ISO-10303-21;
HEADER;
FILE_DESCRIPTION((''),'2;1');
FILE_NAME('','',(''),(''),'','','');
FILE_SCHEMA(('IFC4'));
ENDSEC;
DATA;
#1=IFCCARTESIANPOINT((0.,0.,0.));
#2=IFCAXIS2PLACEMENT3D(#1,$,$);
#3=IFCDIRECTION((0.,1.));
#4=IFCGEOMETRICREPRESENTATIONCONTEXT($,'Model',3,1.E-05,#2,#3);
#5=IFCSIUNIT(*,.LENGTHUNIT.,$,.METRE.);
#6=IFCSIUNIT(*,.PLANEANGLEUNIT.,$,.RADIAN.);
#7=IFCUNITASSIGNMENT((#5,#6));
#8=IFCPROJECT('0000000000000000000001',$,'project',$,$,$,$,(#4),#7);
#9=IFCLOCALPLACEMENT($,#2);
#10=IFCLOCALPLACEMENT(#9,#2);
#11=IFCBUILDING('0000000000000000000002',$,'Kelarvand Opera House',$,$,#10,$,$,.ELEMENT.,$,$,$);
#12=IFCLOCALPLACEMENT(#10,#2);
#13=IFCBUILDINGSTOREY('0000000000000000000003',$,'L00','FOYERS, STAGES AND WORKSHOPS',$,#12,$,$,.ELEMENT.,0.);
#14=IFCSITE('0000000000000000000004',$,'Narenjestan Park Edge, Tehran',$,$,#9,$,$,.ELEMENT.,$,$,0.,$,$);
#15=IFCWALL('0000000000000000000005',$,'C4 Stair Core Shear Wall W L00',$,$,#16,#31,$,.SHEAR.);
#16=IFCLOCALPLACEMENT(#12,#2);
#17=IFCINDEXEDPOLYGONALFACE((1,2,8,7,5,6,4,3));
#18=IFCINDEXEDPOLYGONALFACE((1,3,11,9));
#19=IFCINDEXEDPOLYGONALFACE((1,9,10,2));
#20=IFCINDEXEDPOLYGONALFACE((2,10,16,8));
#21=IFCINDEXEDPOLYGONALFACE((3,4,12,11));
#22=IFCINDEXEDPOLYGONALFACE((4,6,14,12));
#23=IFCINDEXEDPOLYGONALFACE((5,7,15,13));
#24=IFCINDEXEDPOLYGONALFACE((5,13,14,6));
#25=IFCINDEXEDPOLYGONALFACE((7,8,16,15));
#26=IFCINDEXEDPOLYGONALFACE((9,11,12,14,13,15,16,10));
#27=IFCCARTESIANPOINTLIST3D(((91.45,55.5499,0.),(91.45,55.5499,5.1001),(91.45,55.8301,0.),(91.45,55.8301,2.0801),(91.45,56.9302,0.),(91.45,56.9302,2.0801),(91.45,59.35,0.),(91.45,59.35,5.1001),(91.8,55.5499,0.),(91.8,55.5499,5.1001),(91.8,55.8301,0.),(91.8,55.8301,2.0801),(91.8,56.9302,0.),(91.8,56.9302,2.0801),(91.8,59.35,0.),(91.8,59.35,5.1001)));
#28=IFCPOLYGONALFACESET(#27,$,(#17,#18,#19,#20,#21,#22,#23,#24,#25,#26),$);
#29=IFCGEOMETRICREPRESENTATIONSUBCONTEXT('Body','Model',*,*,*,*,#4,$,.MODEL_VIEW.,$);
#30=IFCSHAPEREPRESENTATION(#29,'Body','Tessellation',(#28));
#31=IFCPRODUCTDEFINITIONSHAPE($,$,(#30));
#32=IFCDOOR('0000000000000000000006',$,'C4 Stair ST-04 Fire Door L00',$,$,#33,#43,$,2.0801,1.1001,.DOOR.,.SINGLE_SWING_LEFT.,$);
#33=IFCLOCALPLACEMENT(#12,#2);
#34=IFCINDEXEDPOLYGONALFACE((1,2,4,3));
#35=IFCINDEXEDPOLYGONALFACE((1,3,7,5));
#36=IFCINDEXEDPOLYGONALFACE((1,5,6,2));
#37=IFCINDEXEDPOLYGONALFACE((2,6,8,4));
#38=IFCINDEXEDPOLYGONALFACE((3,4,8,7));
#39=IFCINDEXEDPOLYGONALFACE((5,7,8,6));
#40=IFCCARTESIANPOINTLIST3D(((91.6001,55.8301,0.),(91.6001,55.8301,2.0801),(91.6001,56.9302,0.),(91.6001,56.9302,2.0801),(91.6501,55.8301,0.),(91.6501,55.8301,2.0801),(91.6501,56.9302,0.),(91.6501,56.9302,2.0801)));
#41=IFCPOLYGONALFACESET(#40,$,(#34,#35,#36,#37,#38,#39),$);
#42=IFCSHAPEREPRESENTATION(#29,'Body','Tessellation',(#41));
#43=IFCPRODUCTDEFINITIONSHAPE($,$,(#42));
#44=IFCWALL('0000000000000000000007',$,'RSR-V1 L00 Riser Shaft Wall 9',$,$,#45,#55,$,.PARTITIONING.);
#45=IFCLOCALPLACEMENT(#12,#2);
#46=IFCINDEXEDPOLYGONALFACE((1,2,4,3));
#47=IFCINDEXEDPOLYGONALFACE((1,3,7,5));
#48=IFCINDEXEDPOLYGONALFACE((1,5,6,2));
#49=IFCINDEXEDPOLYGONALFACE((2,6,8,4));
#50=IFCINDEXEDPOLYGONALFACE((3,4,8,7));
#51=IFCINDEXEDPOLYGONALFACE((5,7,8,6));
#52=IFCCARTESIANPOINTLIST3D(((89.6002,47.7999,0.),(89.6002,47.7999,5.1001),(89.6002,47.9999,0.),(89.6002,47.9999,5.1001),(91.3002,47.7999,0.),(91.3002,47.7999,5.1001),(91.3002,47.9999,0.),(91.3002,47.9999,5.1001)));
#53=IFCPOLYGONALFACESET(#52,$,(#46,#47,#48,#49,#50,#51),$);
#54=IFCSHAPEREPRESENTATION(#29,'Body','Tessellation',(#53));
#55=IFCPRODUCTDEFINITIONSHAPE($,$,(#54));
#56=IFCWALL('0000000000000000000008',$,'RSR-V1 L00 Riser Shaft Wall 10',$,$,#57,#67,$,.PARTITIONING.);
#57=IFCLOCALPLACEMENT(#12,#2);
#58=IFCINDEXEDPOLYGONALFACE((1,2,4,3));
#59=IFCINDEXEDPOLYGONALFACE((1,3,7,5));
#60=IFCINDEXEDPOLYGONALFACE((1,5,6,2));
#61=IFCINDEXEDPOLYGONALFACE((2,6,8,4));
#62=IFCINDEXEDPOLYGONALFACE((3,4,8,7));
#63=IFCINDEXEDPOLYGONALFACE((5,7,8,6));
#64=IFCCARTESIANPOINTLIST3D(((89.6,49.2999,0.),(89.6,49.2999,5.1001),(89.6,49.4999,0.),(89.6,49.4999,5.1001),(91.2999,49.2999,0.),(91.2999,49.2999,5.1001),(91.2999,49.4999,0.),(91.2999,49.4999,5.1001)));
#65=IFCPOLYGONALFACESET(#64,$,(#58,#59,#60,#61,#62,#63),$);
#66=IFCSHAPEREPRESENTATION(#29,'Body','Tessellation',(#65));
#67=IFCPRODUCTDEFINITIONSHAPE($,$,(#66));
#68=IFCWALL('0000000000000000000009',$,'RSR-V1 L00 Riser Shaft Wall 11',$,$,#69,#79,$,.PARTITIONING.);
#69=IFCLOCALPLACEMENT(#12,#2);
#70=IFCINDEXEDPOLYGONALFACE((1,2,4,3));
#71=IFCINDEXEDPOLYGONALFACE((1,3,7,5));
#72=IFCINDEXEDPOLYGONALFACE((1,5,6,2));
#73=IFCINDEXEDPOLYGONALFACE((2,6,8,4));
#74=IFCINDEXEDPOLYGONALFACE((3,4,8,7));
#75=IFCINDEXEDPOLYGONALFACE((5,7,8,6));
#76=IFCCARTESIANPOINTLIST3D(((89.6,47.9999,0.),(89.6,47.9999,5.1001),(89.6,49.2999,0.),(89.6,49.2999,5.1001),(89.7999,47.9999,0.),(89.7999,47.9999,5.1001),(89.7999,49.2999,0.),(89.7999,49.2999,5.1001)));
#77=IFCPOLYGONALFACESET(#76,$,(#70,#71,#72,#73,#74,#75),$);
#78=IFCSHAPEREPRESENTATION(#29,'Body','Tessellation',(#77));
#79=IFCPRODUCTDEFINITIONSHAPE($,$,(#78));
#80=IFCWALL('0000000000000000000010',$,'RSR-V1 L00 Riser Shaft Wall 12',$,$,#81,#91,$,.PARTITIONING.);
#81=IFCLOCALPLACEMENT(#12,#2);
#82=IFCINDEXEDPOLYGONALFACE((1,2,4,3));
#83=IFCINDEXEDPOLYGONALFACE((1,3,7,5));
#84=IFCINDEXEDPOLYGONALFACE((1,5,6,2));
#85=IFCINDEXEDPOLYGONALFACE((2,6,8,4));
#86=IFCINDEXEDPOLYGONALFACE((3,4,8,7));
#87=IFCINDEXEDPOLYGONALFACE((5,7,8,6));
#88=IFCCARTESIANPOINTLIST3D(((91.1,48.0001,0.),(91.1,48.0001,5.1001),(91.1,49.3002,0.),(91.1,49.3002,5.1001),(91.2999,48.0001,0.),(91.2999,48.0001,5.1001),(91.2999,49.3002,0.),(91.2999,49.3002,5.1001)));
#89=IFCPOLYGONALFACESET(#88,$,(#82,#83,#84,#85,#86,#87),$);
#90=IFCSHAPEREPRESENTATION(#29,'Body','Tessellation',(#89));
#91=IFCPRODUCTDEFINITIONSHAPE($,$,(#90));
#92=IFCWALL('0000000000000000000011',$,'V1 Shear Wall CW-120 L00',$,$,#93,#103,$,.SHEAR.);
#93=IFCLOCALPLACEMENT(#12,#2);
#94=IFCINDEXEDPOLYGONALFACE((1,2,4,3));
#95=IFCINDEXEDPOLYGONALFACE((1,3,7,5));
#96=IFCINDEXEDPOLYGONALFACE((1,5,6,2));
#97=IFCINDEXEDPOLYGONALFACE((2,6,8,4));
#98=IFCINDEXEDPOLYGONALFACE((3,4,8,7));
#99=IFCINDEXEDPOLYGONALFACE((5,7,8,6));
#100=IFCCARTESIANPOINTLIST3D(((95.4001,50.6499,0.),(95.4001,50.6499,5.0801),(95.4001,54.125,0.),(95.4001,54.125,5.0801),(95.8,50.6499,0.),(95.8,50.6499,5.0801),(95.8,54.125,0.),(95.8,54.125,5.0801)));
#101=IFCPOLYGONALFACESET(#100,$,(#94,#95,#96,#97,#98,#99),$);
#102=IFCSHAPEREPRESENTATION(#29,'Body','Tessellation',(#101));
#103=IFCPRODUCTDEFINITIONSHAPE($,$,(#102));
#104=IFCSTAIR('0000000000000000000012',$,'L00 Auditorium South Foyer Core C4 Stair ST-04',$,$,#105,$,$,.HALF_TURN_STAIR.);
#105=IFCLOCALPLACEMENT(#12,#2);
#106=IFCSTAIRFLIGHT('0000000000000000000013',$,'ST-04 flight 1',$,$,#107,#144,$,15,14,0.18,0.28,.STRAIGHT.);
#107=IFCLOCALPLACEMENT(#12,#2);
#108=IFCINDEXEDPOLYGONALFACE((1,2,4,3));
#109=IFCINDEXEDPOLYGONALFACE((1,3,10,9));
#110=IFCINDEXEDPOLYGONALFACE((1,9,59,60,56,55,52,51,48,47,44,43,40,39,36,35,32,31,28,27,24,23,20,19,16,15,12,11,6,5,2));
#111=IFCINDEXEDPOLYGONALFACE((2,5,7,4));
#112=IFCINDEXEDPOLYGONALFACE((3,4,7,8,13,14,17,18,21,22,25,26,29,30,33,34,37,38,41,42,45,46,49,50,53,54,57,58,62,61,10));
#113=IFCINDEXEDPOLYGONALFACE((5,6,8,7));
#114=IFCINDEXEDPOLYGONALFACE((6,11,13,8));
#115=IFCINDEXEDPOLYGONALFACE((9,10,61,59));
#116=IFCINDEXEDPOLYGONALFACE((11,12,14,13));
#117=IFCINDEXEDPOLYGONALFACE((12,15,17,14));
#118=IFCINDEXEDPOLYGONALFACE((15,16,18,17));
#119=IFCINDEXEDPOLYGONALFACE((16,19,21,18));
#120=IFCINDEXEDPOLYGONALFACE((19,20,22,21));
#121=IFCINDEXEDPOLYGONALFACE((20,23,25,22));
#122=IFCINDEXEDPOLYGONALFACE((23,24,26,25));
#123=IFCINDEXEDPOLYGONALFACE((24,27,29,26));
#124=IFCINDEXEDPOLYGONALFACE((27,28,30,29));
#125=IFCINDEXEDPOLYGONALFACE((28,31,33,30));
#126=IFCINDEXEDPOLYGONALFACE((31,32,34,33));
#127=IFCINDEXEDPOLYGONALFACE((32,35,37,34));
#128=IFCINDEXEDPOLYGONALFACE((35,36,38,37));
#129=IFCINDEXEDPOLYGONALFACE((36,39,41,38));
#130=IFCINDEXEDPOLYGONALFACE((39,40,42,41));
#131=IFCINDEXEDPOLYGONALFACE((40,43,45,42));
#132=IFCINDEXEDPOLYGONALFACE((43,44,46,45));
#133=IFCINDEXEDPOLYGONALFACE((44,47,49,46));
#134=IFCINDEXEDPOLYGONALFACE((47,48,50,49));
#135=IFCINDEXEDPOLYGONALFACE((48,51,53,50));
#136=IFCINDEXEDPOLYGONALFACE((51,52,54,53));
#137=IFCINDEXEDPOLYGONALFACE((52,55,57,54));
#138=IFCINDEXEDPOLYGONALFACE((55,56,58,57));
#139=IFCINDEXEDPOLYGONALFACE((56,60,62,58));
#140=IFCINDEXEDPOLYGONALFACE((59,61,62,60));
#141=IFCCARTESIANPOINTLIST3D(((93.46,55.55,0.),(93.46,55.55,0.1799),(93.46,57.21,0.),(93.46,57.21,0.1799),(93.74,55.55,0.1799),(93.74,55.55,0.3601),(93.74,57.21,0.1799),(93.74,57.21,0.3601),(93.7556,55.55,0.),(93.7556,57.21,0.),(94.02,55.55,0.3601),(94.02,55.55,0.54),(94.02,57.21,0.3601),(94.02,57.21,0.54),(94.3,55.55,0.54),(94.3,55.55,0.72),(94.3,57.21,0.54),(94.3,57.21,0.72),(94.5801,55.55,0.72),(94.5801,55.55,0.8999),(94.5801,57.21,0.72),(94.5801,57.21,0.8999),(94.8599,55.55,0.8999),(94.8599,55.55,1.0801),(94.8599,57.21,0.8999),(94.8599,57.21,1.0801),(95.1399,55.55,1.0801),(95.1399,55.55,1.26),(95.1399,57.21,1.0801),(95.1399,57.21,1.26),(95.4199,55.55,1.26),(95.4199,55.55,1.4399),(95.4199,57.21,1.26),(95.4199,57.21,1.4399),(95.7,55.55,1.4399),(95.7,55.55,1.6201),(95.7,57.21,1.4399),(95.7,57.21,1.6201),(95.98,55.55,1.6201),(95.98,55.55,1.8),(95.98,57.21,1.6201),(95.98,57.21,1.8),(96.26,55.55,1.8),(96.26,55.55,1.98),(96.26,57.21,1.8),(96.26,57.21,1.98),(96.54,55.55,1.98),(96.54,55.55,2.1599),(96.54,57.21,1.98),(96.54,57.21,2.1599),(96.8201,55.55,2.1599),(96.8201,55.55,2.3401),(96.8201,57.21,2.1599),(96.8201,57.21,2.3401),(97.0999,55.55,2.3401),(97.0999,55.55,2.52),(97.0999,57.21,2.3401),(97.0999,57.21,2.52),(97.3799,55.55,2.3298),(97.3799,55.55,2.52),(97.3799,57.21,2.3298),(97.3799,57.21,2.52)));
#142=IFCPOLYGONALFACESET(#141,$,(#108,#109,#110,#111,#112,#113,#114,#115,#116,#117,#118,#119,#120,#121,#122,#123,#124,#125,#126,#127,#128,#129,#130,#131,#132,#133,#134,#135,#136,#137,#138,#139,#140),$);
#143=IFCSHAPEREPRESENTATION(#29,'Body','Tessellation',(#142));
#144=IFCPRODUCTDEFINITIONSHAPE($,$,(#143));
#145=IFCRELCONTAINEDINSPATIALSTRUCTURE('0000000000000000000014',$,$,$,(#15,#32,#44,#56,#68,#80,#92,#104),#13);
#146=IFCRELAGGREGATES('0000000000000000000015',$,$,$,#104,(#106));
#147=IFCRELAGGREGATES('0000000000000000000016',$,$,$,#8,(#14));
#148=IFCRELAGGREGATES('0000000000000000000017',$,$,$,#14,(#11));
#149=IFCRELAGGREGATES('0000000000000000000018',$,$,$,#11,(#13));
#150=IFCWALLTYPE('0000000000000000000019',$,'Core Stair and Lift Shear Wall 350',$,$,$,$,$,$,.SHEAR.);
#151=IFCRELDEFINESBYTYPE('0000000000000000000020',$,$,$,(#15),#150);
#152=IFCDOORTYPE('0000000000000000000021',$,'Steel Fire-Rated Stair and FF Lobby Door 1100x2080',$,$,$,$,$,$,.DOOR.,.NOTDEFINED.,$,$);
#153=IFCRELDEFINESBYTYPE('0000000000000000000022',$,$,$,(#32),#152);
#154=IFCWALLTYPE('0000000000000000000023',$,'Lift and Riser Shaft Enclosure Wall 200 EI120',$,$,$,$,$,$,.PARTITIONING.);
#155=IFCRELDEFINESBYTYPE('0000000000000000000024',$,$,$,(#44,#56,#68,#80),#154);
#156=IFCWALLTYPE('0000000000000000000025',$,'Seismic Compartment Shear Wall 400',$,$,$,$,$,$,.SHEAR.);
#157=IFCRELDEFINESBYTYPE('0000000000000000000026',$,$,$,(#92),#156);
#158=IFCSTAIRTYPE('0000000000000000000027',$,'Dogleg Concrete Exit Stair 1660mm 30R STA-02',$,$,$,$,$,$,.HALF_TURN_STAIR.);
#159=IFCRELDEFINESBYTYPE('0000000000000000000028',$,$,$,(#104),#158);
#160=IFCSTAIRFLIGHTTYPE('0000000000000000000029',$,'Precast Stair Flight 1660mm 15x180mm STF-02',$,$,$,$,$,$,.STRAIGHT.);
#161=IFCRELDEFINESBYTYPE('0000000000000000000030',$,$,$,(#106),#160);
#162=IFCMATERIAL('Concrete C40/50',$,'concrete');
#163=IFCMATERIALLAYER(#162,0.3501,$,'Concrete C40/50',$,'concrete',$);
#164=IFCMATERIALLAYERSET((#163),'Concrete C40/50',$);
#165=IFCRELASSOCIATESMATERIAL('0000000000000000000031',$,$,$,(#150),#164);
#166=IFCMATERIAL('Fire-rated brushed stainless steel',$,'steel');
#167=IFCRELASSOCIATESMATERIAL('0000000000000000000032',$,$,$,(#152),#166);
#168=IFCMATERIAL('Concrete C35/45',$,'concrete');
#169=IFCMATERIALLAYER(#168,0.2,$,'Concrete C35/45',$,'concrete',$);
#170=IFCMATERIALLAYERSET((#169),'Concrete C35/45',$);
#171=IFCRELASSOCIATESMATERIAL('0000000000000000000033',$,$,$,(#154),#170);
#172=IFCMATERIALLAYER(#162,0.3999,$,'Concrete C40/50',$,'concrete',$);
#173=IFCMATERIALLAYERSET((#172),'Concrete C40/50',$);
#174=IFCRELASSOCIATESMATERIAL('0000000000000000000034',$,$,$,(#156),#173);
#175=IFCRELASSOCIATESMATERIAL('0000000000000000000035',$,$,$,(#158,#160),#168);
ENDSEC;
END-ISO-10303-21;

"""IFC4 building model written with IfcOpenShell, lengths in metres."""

from ifc_helpers import new_model, si_unit, direction, frame, frame_2d, origin, place, context, subcontext, project, spatial, polyline, rectangle, outline, extrude, material, layer, layer_set, type_object, element, fill, aggregate, save


model = new_model("IFC4")

# Units and contexts
model_context = context("Model", 3, precision=1e-05, world=origin(), true_north=direction((0.0, 1.0)))
body_context = subcontext(model_context, "Body", "Model", "MODEL_VIEW")
ifc_project = project(units=[si_unit("LENGTHUNIT", "METRE"), si_unit("PLANEANGLEUNIT", "RADIAN")], contexts=[model_context])

# Site, building, storey
site_placement = place(None, origin())
site = spatial("IfcSite", under=ifc_project, at=site_placement, Name="Narenjestan Park Edge, Tehran", CompositionType="ELEMENT", RefElevation=0.0)
building_placement = place(site_placement, origin())
building = spatial("IfcBuilding", under=site, at=building_placement, Name="Kelarvand Opera House", CompositionType="ELEMENT")
storey_placement = place(building_placement, origin())
storey = spatial("IfcBuildingStorey", under=building, at=storey_placement, Name="L00", Description="FOYERS, STAGES AND WORKSHOPS", CompositionType="ELEMENT", Elevation=0.0)

# Shared definitions
ifc_material_1 = material(Name="Concrete C40/50", Category="concrete")

# Shared definitions
ifc_material_2 = material(Name="Concrete C35/45", Category="concrete")

# Shared definitions
ifc_layer_1 = layer(ifc_material_1, 0.3501, Name="Concrete C40/50", Category="concrete")
ifc_layer_set_1 = layer_set([ifc_layer_1], Name="Concrete C40/50")
wall_type_1 = type_object("IfcWallType", Name="Core Stair and Lift Shear Wall 350", PredefinedType="SHEAR", material=ifc_layer_set_1)

# Wall, opening, door
wall_1_placement = place(storey_placement, frame((91.625, 55.55, 0.0), z_axis=(0.0, 0.0, 1.0), x_axis=(0.0, 1.0, 0.0)))
wall_1 = element("IfcWall", 1, at=wall_1_placement, inside=storey, type_object=wall_type_1, Name="C4 Stair Core Shear Wall W L00", PredefinedType="SHEAR", context=body_context, shape_type="SweptSolid", body=[
    extrude(rectangle(XDim=3.8, YDim=0.3501, at=frame_2d((1.8999, 0.0))), origin(), (0.0, 0.0, 1.0), 5.1001),
])
opening_placement = place(wall_1_placement, frame((0.28, 0.0, 0.0)))
opening = element("IfcOpeningElement", 2, at=opening_placement, cuts=wall_1, PredefinedType="OPENING", context=body_context, shape_type="SweptSolid", body=[
    extrude(rectangle(XDim=1.1001, YDim=2.0801, at=frame_2d((0.55, 1.04))), frame((0.0, 0.1851, 0.0), z_axis=(0.0, -1.0, 0.0), x_axis=(1.0, 0.0, 0.0)), (0.0, 0.0, 1.0), 0.3701),
])
ifc_material_3 = material(Name="Fire-rated brushed stainless steel", Category="steel")
door_type = type_object("IfcDoorType", Name="Steel Fire-Rated Stair and FF Lobby Door 1100x2080", OperationType="NOTDEFINED", PredefinedType="DOOR", material=ifc_material_3)
door_placement = place(opening_placement, origin())
door = element("IfcDoor", 3, at=door_placement, inside=storey, type_object=door_type, Name="C4 Stair ST-04 Fire Door L00", OperationType="SINGLE_SWING_LEFT", OverallHeight=2.0801, OverallWidth=1.1001, PredefinedType="DOOR", context=body_context, shape_type="SweptSolid", body=[
    extrude(rectangle(XDim=1.1001, YDim=2.0801, at=frame_2d((0.55, 1.04))), frame((0.0, 0.0249, 0.0), z_axis=(0.0, -1.0, 0.0), x_axis=(1.0, 0.0, 0.0)), (0.0, 0.0, 1.0), 0.05),
])
fill(opening, door)

# Walls
ifc_layer_2 = layer(ifc_material_2, 0.2, Name="Concrete C35/45", Category="concrete")
ifc_layer_set_2 = layer_set([ifc_layer_2], Name="Concrete C35/45")
wall_type_2 = type_object("IfcWallType", Name="Lift and Riser Shaft Enclosure Wall 200 EI120", PredefinedType="PARTITIONING", material=ifc_layer_set_2)
for number, where, z_axis, x_axis, name in (
    (4, (89.6001, 47.8999, 0.0), (0.0, 0.0, 1.0), (1.0, 0.0, 0.0), "RSR-V1 L00 Riser Shaft Wall 9"),
    (5, (91.3, 49.3999, 0.0), (0.0, 0.0, 1.0), (-1.0, 0.0, 0.0), "RSR-V1 L00 Riser Shaft Wall 10"),
):
    element("IfcWall", number, at=place(storey_placement, frame(where, z_axis=z_axis, x_axis=x_axis)), inside=storey, type_object=wall_type_2, Name=name, PredefinedType="PARTITIONING", context=body_context, shape_type="SweptSolid", body=[
        extrude(rectangle(XDim=1.7, YDim=0.2, at=frame_2d((0.8501, 0.0))), origin(), (0.0, 0.0, 1.0), 5.1001),
    ])
for number, where, z_axis, x_axis, name in (
    (6, (89.7, 48.0, 0.0), (0.0, 0.0, 1.0), (0.0, 1.0, 0.0), "RSR-V1 L00 Riser Shaft Wall 11"),
    (7, (91.2, 49.3, 0.0), (0.0, 0.0, 1.0), (0.0, -1.0, 0.0), "RSR-V1 L00 Riser Shaft Wall 12"),
):
    element("IfcWall", number, at=place(storey_placement, frame(where, z_axis=z_axis, x_axis=x_axis)), inside=storey, type_object=wall_type_2, Name=name, PredefinedType="PARTITIONING", context=body_context, shape_type="SweptSolid", body=[
        extrude(rectangle(XDim=1.3, YDim=0.2, at=frame_2d((0.6499, 0.0))), origin(), (0.0, 0.0, 1.0), 5.1001),
    ])
ifc_layer_3 = layer(ifc_material_1, 0.3999, Name="Concrete C40/50", Category="concrete")
ifc_layer_set_3 = layer_set([ifc_layer_3], Name="Concrete C40/50")
wall_type_3 = type_object("IfcWallType", Name="Seismic Compartment Shear Wall 400", PredefinedType="SHEAR", material=ifc_layer_set_3)
wall_2_placement = place(storey_placement, frame((95.6001, 50.6499, 0.0), z_axis=(0.0, 0.0, 1.0), x_axis=(0.0, 1.0, 0.0)))
element("IfcWall", 8, at=wall_2_placement, inside=storey, type_object=wall_type_3, Name="V1 Shear Wall CW-120 L00", PredefinedType="SHEAR", context=body_context, shape_type="SweptSolid", body=[
    extrude(rectangle(XDim=3.4751, YDim=0.3999, at=frame_2d((1.7375, 0.0))), origin(), (0.0, 0.0, 1.0), 5.0801),
])

# Stair, stair flight
stair_type = type_object("IfcStairType", Name="Dogleg Concrete Exit Stair 1660mm 30R STA-02", PredefinedType="HALF_TURN_STAIR", material=ifc_material_2)
stair_placement = place(storey_placement, origin())
stair = element("IfcStair", 9, at=stair_placement, inside=storey, type_object=stair_type, Name="L00 Auditorium South Foyer Core C4 Stair ST-04", PredefinedType="HALF_TURN_STAIR")
stair_flight_type = type_object("IfcStairFlightType", Name="Precast Stair Flight 1660mm 15x180mm STF-02", PredefinedType="STRAIGHT", material=ifc_material_2)
stair_flight_placement = place(storey_placement, frame((93.46, 56.3799, 0.0), z_axis=(0.0, 0.0, 1.0), x_axis=(1.0, 0.0, 0.0)))
stair_flight = element("IfcStairFlight", 10, at=stair_flight_placement, type_object=stair_flight_type, Name="ST-04 flight 1", NumberOfRisers=15, NumberOfTreads=14, PredefinedType="STRAIGHT", RiserHeight=0.18, TreadLength=0.28, context=body_context, shape_type="SweptSolid", body=[
    extrude(outline(polyline([(0.0, 0.0), (0.0, 0.1799), (0.28, 0.1799), (0.28, 0.3601), (0.5601, 0.3601), (0.5601, 0.54), (0.8401, 0.54), (0.8401, 0.72), (1.1201, 0.72), (1.1201, 0.8999), (1.3999, 0.8999), (1.3999, 1.0801), (1.6799, 1.0801), (1.6799, 1.26), (1.96, 1.26), (1.96, 1.4399), (2.24, 1.4399), (2.24, 1.6201), (2.52, 1.6201), (2.52, 1.8), (2.8, 1.8), (2.8, 1.98), (3.0801, 1.98), (3.0801, 2.1599), (3.3601, 2.1599), (3.3601, 2.3401), (3.6399, 2.3401), (3.6399, 2.52), (3.9199, 2.52), (3.9199, 2.7), (3.9199, 2.3298), (0.2957, 0.0), (0.0, 0.0)])), frame((0.0, 0.8301, 0.0), z_axis=(0.0, -1.0, 0.0), x_axis=(1.0, 0.0, 0.0)), (0.0, 0.0, 1.0), 1.6599),
])
aggregate(stair, [stair_flight])

save(model, "model.ifc")
